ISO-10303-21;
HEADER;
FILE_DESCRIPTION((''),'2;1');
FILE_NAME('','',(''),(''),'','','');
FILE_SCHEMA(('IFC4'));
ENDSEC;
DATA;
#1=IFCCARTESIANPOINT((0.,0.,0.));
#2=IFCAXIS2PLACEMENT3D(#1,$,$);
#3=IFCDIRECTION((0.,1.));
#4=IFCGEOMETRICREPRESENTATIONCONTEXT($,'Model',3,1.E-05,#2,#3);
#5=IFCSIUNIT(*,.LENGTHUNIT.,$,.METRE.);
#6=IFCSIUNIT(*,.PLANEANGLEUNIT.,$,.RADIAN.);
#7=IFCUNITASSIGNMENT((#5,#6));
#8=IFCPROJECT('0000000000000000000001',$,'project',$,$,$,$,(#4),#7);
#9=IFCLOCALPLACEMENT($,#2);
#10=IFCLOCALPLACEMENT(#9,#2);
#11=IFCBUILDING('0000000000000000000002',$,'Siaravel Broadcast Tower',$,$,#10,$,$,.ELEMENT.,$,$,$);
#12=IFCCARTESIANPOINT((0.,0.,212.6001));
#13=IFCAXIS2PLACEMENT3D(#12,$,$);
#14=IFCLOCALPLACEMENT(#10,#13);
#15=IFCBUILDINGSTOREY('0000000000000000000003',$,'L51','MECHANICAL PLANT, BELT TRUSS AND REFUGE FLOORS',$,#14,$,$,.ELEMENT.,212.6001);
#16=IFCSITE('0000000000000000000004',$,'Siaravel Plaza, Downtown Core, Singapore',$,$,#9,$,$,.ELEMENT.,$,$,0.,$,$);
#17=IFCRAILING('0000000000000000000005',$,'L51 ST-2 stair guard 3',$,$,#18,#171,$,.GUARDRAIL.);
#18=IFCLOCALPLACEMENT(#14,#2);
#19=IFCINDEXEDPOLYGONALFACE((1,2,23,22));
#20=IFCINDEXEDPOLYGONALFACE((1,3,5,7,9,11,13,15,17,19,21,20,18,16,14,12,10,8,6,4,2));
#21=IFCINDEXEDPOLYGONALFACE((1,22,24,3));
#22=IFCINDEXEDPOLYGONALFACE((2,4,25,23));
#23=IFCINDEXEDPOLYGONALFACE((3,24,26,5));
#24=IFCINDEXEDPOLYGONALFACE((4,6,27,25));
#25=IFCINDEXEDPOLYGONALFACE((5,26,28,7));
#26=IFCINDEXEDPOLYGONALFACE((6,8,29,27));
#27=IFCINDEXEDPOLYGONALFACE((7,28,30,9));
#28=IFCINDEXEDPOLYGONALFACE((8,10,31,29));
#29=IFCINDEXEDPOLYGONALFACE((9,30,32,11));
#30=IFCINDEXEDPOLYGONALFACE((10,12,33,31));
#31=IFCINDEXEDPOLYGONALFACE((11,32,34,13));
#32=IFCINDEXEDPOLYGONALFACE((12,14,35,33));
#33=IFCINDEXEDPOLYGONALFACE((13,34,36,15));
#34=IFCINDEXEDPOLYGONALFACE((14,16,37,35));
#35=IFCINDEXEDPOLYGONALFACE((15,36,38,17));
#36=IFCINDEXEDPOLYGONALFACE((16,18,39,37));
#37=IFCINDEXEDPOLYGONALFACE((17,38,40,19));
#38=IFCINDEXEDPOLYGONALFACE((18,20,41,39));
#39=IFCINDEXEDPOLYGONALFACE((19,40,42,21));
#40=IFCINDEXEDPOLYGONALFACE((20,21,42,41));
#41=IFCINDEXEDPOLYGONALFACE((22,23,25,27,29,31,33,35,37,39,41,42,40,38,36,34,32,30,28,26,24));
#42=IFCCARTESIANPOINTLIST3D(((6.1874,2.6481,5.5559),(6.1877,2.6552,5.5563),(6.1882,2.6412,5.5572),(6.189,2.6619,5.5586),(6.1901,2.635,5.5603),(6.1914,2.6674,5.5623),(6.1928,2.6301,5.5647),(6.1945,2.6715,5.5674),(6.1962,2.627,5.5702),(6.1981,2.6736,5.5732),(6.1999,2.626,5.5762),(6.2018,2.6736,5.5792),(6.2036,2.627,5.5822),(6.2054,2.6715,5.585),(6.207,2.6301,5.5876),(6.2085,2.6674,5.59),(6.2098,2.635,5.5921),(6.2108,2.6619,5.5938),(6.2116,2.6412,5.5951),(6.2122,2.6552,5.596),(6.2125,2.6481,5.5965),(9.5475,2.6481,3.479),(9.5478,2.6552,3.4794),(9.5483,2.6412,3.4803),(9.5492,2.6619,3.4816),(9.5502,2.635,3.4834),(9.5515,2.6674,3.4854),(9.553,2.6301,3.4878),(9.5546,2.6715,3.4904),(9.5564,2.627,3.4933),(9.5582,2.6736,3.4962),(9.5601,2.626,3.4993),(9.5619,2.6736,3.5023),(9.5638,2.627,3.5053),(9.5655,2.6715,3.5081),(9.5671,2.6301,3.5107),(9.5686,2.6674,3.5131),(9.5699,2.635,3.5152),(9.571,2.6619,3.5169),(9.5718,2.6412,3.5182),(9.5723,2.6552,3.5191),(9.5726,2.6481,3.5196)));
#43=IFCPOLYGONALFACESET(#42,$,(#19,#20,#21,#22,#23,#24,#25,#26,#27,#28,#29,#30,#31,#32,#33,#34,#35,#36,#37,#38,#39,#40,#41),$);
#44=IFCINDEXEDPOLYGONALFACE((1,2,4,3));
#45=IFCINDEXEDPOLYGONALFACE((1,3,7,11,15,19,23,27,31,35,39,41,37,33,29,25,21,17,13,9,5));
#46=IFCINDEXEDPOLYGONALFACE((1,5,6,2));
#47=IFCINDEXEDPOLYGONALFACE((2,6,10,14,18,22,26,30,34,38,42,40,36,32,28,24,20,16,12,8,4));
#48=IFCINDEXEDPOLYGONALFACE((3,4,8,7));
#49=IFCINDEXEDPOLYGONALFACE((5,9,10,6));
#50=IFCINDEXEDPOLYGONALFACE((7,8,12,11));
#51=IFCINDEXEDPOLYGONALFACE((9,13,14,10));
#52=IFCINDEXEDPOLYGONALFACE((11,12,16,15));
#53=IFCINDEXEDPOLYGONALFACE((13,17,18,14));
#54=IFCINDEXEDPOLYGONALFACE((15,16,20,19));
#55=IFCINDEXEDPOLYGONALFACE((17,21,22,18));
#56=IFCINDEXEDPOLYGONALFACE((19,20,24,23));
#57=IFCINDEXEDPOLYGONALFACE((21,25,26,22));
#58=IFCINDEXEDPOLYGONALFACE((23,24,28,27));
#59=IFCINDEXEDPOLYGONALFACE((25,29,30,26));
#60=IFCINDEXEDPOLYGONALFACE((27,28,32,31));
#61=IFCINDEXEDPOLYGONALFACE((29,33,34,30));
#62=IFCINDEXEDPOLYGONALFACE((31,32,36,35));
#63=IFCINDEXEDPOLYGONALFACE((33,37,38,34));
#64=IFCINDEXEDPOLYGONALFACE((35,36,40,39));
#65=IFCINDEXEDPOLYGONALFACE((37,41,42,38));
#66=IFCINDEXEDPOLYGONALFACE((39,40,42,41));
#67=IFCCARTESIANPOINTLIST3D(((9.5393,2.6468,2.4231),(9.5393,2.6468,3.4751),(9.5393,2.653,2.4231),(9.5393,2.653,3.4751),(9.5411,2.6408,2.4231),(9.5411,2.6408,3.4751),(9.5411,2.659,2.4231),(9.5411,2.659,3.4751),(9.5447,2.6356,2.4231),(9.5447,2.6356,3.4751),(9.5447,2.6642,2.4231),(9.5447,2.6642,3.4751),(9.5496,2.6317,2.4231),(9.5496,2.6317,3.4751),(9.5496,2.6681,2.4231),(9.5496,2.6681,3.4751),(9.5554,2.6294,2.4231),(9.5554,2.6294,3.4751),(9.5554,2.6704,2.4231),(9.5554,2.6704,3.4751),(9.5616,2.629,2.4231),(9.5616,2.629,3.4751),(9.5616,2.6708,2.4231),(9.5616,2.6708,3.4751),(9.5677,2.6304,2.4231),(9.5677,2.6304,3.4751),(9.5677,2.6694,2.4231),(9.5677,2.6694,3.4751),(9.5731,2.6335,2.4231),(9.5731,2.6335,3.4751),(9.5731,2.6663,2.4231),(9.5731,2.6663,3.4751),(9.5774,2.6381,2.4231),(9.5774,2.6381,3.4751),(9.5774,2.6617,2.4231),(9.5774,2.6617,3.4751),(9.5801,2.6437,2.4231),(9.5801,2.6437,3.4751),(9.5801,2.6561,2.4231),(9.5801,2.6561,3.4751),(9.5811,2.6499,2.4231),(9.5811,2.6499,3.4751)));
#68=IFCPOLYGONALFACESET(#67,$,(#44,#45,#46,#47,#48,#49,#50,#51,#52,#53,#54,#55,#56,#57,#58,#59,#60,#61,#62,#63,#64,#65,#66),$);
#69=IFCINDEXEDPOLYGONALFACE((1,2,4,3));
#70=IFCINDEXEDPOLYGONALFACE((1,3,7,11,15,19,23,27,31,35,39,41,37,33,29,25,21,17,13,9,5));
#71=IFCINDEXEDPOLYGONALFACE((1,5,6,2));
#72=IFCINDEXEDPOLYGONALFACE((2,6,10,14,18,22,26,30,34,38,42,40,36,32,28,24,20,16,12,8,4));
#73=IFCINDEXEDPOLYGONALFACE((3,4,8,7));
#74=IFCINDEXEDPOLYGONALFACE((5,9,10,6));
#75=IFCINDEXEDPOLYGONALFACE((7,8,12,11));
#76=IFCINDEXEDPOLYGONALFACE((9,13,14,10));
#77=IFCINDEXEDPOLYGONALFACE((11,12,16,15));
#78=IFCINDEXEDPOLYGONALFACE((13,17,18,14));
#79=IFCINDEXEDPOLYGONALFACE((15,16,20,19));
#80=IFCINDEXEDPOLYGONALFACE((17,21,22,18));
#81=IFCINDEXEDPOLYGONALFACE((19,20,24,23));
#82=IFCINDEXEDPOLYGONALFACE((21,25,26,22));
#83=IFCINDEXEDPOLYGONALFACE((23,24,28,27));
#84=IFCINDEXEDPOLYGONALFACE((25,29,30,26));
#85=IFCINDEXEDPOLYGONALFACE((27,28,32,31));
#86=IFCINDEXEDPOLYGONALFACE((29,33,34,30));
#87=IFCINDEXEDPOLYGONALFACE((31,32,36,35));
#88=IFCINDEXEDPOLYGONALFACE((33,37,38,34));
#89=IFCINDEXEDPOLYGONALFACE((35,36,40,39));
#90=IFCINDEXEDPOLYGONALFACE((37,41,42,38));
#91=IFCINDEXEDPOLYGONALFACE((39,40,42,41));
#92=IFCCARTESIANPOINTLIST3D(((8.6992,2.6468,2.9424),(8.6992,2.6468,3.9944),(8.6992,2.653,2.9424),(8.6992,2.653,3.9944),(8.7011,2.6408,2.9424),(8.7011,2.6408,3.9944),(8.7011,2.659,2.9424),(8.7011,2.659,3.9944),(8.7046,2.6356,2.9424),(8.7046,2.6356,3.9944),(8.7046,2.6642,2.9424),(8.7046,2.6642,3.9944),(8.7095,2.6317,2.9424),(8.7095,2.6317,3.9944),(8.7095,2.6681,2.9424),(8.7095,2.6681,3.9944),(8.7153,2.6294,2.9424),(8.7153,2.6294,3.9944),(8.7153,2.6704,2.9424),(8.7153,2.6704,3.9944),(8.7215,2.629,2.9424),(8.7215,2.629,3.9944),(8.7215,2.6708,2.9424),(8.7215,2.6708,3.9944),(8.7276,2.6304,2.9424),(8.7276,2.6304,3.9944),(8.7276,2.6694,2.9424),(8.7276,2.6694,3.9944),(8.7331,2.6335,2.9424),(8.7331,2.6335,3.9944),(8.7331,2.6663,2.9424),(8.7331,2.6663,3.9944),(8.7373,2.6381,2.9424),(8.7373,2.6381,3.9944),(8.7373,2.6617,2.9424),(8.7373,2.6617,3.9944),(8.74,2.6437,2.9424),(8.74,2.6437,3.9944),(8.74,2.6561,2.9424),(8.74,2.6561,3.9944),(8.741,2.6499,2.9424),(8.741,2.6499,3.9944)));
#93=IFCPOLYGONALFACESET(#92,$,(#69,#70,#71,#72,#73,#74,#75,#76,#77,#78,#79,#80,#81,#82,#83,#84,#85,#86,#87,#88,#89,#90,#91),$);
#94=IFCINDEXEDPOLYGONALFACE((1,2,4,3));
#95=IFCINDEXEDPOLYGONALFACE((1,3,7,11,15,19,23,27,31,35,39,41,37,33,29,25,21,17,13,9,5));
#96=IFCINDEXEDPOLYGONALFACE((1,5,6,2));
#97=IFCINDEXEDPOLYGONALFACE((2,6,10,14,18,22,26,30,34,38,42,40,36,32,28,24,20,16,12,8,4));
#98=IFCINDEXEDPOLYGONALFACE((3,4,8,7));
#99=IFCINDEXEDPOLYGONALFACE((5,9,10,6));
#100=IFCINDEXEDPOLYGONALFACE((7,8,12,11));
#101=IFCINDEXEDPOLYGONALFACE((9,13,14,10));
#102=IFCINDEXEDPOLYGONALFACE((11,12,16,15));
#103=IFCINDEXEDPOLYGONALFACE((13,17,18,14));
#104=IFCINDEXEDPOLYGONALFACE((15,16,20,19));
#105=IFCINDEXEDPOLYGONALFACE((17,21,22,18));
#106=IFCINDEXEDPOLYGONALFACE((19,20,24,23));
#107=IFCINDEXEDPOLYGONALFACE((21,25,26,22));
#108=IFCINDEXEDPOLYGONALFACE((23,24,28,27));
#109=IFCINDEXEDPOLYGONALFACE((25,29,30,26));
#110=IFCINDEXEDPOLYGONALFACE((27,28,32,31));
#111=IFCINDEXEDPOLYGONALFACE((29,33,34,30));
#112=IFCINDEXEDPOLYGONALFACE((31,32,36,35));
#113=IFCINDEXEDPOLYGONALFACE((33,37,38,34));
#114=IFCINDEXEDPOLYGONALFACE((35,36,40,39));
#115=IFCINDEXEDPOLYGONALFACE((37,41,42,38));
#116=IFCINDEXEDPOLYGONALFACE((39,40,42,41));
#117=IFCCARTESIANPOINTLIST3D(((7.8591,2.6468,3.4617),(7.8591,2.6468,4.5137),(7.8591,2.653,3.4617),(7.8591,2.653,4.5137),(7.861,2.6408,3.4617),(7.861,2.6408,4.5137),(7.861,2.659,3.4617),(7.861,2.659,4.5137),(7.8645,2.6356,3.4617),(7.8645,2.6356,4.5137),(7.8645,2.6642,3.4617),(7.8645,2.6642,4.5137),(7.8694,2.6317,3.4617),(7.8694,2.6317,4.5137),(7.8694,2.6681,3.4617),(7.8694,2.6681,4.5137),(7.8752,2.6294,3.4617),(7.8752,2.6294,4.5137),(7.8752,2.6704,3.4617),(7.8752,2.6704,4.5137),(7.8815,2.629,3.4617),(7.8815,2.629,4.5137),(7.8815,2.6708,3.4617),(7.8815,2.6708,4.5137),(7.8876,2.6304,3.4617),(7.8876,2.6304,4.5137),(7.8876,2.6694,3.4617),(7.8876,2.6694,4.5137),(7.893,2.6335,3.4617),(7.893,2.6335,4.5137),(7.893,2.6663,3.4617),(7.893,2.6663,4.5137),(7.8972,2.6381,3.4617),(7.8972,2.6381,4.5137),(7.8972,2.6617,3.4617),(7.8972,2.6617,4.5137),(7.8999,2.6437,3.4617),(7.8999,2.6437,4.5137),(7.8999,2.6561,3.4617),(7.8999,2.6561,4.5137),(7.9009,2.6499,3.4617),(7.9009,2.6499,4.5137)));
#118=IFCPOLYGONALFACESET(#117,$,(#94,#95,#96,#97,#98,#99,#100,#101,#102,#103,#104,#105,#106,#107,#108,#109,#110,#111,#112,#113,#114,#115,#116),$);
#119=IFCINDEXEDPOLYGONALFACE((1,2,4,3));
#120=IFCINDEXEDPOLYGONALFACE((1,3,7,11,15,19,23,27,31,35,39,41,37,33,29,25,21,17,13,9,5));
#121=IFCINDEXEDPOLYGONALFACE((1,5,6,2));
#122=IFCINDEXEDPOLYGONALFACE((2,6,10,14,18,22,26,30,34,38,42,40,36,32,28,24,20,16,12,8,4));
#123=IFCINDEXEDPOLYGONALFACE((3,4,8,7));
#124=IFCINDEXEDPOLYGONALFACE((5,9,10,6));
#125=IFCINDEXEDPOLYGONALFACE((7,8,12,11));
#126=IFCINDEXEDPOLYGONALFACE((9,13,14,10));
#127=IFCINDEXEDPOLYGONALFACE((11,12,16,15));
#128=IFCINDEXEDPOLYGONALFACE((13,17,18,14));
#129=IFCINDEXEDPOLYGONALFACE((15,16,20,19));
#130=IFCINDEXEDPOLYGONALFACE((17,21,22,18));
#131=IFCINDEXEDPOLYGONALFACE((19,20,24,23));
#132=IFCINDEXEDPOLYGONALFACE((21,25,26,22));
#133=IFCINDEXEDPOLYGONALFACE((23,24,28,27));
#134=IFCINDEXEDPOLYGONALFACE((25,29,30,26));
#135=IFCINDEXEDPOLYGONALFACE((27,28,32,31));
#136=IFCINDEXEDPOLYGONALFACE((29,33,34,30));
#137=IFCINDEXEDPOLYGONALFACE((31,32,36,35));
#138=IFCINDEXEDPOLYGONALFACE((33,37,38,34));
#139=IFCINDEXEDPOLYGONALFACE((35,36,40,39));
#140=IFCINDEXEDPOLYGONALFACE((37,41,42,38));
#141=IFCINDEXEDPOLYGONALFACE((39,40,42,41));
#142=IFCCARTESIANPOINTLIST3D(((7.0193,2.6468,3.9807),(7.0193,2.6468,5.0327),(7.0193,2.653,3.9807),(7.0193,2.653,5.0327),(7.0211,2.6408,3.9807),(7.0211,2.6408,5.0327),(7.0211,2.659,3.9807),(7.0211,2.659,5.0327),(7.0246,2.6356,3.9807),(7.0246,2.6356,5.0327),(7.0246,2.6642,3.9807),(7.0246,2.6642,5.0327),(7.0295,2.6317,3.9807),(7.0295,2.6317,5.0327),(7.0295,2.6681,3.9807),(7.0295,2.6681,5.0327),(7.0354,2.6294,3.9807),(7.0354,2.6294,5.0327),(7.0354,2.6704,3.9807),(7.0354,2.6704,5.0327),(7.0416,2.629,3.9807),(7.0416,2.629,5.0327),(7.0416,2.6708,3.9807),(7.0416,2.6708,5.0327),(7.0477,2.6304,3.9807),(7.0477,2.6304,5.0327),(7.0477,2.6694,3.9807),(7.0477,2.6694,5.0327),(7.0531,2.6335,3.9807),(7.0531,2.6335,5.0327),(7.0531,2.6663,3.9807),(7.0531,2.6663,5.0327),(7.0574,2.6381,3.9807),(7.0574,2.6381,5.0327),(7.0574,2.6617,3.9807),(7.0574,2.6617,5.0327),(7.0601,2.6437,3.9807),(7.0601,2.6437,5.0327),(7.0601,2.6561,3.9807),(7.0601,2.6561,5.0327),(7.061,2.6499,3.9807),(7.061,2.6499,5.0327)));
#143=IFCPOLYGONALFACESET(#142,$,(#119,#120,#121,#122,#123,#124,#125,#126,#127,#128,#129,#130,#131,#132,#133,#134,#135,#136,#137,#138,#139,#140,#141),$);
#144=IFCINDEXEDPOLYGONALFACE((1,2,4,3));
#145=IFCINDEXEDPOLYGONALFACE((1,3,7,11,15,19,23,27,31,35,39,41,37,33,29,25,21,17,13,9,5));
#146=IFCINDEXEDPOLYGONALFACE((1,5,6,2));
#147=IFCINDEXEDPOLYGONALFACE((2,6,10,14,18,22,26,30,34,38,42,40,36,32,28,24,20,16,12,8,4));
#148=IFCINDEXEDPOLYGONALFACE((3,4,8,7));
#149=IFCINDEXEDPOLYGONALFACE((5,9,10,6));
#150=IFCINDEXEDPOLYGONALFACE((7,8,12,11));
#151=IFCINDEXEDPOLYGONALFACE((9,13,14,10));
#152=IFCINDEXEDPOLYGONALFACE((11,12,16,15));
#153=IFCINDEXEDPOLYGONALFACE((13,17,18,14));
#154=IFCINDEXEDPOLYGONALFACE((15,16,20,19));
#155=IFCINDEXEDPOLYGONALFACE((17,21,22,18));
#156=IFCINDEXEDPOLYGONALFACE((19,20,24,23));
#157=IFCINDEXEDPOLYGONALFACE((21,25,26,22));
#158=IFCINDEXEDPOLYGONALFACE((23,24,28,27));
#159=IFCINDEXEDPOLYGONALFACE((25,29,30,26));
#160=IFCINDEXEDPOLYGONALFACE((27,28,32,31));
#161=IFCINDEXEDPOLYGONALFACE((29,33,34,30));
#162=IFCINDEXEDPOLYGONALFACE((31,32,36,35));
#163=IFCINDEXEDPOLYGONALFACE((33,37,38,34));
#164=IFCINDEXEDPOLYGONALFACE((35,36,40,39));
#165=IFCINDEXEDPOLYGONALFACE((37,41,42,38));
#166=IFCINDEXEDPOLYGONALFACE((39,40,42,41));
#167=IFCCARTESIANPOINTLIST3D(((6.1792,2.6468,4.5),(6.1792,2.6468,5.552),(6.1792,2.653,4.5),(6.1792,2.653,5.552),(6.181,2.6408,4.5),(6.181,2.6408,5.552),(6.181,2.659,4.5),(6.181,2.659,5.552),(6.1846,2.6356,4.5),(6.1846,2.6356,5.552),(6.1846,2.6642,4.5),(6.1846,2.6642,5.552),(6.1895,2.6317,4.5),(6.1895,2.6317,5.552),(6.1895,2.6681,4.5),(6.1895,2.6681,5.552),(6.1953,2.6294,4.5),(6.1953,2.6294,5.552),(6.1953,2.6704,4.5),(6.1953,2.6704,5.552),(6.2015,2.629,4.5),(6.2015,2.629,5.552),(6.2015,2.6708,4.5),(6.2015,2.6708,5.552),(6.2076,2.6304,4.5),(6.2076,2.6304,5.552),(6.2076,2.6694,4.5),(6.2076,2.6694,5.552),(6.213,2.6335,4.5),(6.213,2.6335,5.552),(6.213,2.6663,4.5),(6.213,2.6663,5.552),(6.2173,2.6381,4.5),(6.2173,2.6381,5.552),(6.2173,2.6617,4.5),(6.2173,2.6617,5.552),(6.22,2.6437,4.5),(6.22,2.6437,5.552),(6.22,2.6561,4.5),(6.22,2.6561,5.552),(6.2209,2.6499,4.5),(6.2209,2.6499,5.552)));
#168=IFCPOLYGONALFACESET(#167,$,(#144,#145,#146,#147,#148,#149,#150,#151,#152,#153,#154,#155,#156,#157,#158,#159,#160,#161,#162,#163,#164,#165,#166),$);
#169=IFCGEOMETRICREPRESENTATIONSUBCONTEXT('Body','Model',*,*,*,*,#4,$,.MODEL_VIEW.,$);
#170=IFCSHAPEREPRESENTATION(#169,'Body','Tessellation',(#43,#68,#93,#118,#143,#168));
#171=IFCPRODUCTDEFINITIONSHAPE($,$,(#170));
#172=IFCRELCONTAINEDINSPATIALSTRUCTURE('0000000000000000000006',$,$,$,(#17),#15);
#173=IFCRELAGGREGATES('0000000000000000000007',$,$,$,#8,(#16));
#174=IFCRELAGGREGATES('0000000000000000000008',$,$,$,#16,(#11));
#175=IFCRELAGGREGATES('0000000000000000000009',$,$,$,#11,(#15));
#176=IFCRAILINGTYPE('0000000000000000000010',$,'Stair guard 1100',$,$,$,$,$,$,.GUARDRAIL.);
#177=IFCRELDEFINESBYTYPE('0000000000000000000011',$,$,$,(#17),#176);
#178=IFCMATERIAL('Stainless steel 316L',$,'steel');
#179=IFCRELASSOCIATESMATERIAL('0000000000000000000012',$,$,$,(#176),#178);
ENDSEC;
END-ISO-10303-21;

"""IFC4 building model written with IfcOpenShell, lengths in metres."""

from ifc_helpers import new_model, si_unit, direction, frame, origin, origin_2d, place, context, subcontext, project, spatial, circle, extrude, material, type_object, element, save


model = new_model("IFC4")

# Units and contexts
model_context = context("Model", 3, precision=1e-05, world=origin(), true_north=direction((0.0, 1.0)))
body_context = subcontext(model_context, "Body", "Model", "MODEL_VIEW")
ifc_project = project(units=[si_unit("LENGTHUNIT", "METRE"), si_unit("PLANEANGLEUNIT", "RADIAN")], contexts=[model_context])

# Site, building, storey
site_placement = place(None, origin())
site = spatial("IfcSite", under=ifc_project, at=site_placement, Name="Siaravel Plaza, Downtown Core, Singapore", CompositionType="ELEMENT", RefElevation=0.0)
building_placement = place(site_placement, origin())
building = spatial("IfcBuilding", under=site, at=building_placement, Name="Siaravel Broadcast Tower", CompositionType="ELEMENT")
storey_placement = place(building_placement, frame((0.0, 0.0, 212.6001)))
storey = spatial("IfcBuildingStorey", under=building, at=storey_placement, Name="L51", Description="MECHANICAL PLANT, BELT TRUSS AND REFUGE FLOORS", CompositionType="ELEMENT", Elevation=212.6001)

# Railing
ifc_material_1 = material(Name="Stainless steel 316L", Category="steel")
railing_type_1 = type_object("IfcRailingType", Name="Stair guard 1100", PredefinedType="GUARDRAIL", material=ifc_material_1)
railing_1_placement = place(storey_placement, frame((9.5601, 2.6499, 2.4231)))
element("IfcRailing", 1, at=railing_1_placement, inside=storey, type_object=railing_type_1, Name="L51 ST-2 stair guard 3", PredefinedType="GUARDRAIL", context=body_context, shape_type="SweptSolid", body=[
    extrude(circle(Radius=0.0239, at=origin_2d()), frame((0.0, 0.0, 1.0762), z_axis=(-0.850623, 0.0, 0.525776), x_axis=(0.0, -1.0, 0.0)), (0.0, 0.0, 1.0), 3.9502),
    extrude(circle(Radius=0.021, at=origin_2d()), origin(), (0.0, 0.0, 1.0), 1.052),
    extrude(circle(Radius=0.021, at=origin_2d()), frame((-0.8401, 0.0, 0.5193)), (0.0, 0.0, 1.0), 1.052),
    extrude(circle(Radius=0.021, at=origin_2d()), frame((-1.6802, 0.0, 1.0386)), (0.0, 0.0, 1.0), 1.052),
    extrude(circle(Radius=0.021, at=origin_2d()), frame((-2.52, 0.0, 1.5576)), (0.0, 0.0, 1.0), 1.052),
    extrude(circle(Radius=0.021, at=origin_2d()), frame((-3.3601, 0.0, 2.0769)), (0.0, 0.0, 1.0), 1.052),
])

save(model, "model.ifc")
